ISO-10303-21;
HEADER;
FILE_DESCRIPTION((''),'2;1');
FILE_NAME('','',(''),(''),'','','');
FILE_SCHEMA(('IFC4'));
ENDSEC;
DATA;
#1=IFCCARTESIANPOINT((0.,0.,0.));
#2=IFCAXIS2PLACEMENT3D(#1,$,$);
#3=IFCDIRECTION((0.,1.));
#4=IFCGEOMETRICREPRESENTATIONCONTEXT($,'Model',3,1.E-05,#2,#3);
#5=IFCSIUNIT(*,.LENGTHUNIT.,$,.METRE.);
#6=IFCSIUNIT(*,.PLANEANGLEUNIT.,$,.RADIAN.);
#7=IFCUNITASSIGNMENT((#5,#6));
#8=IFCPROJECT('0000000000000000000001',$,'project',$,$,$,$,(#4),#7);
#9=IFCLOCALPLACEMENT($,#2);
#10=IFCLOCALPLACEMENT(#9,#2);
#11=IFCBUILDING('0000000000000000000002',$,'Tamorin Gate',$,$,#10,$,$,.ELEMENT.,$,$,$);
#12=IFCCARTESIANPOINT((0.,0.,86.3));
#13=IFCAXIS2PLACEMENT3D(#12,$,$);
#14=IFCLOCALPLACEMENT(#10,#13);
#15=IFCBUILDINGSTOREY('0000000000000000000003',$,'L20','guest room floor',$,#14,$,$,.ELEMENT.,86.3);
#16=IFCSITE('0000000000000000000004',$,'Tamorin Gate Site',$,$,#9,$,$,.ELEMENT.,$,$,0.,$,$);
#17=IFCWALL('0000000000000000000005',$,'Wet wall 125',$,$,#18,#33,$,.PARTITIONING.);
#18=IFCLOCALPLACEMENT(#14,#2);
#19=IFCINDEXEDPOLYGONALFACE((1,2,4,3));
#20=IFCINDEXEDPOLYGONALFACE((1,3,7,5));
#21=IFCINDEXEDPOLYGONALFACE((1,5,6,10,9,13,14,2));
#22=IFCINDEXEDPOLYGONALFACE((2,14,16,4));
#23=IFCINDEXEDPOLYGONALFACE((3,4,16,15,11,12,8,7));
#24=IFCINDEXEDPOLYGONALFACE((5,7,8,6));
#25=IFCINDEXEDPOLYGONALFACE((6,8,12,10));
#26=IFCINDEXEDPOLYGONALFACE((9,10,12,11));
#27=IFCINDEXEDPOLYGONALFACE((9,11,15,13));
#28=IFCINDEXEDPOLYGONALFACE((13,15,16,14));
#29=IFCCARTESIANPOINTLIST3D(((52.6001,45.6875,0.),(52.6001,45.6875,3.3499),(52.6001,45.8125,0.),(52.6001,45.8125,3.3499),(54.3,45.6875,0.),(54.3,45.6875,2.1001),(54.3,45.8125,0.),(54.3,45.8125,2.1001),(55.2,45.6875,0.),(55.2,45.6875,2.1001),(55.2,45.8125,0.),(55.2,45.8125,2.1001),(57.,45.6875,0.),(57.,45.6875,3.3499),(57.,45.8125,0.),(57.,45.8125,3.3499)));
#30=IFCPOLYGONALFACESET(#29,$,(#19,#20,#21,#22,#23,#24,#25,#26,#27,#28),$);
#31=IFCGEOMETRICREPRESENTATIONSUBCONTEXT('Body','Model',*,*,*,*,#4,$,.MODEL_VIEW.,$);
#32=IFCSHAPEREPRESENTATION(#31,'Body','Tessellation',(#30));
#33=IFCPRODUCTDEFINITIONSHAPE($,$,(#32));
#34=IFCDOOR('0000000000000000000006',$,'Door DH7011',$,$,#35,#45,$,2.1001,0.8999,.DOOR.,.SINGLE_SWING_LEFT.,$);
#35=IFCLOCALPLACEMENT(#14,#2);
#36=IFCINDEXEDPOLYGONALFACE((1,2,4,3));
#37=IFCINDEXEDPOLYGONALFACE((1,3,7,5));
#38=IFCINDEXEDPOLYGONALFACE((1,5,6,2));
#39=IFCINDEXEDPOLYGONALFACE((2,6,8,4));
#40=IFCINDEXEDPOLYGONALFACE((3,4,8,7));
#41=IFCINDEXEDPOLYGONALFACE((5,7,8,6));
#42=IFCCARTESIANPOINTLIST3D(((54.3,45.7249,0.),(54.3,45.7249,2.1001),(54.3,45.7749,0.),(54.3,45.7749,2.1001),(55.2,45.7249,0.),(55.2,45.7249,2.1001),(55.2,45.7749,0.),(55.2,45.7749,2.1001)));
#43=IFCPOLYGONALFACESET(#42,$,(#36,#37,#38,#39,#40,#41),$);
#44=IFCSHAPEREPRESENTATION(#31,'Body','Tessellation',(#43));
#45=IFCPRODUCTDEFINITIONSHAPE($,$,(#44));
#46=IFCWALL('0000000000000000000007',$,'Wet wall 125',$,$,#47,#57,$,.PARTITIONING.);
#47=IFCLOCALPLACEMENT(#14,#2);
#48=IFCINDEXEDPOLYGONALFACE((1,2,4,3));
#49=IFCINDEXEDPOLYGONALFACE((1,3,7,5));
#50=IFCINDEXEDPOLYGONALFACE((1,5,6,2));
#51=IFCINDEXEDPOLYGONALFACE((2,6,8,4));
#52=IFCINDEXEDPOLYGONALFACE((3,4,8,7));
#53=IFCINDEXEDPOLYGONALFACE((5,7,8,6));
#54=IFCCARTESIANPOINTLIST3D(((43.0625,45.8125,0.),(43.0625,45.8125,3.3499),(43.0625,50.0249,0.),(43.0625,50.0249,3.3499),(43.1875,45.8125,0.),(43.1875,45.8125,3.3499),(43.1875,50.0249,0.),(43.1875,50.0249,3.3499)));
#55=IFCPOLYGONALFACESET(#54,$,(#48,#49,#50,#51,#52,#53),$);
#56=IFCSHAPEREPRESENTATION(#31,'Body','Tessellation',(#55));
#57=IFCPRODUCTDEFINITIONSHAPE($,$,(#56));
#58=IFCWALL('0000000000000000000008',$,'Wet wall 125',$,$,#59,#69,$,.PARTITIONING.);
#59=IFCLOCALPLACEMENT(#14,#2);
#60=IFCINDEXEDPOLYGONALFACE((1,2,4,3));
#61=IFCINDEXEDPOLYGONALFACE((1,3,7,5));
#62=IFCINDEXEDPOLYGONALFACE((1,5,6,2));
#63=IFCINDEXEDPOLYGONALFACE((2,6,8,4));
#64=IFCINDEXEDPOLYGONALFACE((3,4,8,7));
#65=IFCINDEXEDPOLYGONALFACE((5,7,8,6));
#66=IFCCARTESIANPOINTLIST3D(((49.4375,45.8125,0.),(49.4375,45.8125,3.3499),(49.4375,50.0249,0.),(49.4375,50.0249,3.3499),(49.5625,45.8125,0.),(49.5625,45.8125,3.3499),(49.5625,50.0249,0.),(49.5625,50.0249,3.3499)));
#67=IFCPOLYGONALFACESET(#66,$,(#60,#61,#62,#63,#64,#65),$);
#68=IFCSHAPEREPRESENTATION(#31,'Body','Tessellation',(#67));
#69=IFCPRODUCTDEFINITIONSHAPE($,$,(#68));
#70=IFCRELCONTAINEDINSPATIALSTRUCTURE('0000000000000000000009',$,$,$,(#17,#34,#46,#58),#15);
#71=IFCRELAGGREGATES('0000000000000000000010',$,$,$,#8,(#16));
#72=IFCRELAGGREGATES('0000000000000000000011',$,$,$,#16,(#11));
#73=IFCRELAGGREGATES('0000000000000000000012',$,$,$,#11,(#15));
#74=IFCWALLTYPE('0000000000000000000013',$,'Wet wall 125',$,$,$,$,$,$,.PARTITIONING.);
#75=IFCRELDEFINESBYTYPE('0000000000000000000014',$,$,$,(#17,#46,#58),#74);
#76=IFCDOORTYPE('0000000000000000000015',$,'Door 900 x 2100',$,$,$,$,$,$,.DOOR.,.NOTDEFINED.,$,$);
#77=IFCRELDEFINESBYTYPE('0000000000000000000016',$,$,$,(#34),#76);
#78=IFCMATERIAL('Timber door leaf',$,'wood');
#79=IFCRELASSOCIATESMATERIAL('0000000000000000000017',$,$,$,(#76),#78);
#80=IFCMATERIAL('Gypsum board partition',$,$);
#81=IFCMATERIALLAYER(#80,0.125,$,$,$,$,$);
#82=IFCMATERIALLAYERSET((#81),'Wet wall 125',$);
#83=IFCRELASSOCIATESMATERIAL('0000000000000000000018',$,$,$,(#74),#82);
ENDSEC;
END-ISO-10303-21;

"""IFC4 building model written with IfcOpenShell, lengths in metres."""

from ifc_helpers import new_model, si_unit, direction, frame, frame_2d, origin, place, context, subcontext, project, spatial, rectangle, extrude, material, layer, layer_set, type_object, element, fill, save


model = new_model("IFC4")

# Units and contexts
model_context = context("Model", 3, precision=1e-05, world=origin(), true_north=direction((0.0, 1.0)))
body_context = subcontext(model_context, "Body", "Model", "MODEL_VIEW")
ifc_project = project(units=[si_unit("LENGTHUNIT", "METRE"), si_unit("PLANEANGLEUNIT", "RADIAN")], contexts=[model_context])

# Site, building, storey
site_placement = place(None, origin())
site = spatial("IfcSite", under=ifc_project, at=site_placement, Name="Tamorin Gate Site", CompositionType="ELEMENT", RefElevation=0.0)
building_placement = place(site_placement, origin())
building = spatial("IfcBuilding", under=site, at=building_placement, Name="Tamorin Gate", CompositionType="ELEMENT")
storey_placement = place(building_placement, frame((0.0, 0.0, 86.3)))
storey = spatial("IfcBuildingStorey", under=building, at=storey_placement, Name="L20", Description="guest room floor", CompositionType="ELEMENT", Elevation=86.3)

# Shared definitions
ifc_material_1 = material(Name="Gypsum board partition")

# Shared definitions
ifc_material_2 = material(Name="Timber door leaf", Category="wood")
door_type = type_object("IfcDoorType", Name="Door 900 x 2100", OperationType="NOTDEFINED", PredefinedType="DOOR", material=ifc_material_2)

# Wall, opening, door
ifc_layer_1 = layer(ifc_material_1, 0.125)
ifc_layer_set_1 = layer_set([ifc_layer_1], Name="Wet wall 125")
wall_type_1 = type_object("IfcWallType", Name="Wet wall 125", PredefinedType="PARTITIONING", material=ifc_layer_set_1)
wall_1_placement = place(storey_placement, frame((52.6001, 45.75, 0.0), z_axis=(0.0, 0.0, 1.0), x_axis=(1.0, 0.0, 0.0)))
wall_1 = element("IfcWall", 1, at=wall_1_placement, inside=storey, type_object=wall_type_1, Name="Wet wall 125", PredefinedType="PARTITIONING", context=body_context, shape_type="SweptSolid", body=[
    extrude(rectangle(XDim=4.3999, YDim=0.125, at=frame_2d((2.2, 0.0))), origin(), (0.0, 0.0, 1.0), 3.3499),
])
opening_1_placement = place(wall_1_placement, frame((1.7, 0.0, 0.0)))
opening_1 = element("IfcOpeningElement", 2, at=opening_1_placement, cuts=wall_1, PredefinedType="OPENING", context=body_context, shape_type="SweptSolid", body=[
    extrude(rectangle(XDim=0.8999, YDim=2.1001, at=frame_2d((0.45, 1.05))), frame((0.0, 0.0725, 0.0), z_axis=(0.0, -1.0, 0.0), x_axis=(1.0, 0.0, 0.0)), (0.0, 0.0, 1.0), 0.145),
])
door_1_placement = place(opening_1_placement, origin())
door_1 = element("IfcDoor", 3, at=door_1_placement, inside=storey, type_object=door_type, Name="Door DH7011", OperationType="SINGLE_SWING_LEFT", OverallHeight=2.1001, OverallWidth=0.8999, PredefinedType="DOOR", context=body_context, shape_type="SweptSolid", body=[
    extrude(rectangle(XDim=0.8999, YDim=2.1001, at=frame_2d((0.45, 1.05))), frame((0.0, 0.0249, 0.0), z_axis=(0.0, -1.0, 0.0), x_axis=(1.0, 0.0, 0.0)), (0.0, 0.0, 1.0), 0.05),
])
fill(opening_1, door_1)

# Walls
for number, where, z_axis, x_axis, name in (
    (4, (43.125, 45.8125, 0.0), (0.0, 0.0, 1.0), (0.0, 1.0, 0.0), "Wet wall 125"),
    (5, (49.5, 45.8125, 0.0), (0.0, 0.0, 1.0), (0.0, 1.0, 0.0), "Wet wall 125"),
):
    element("IfcWall", number, at=place(storey_placement, frame(where, z_axis=z_axis, x_axis=x_axis)), inside=storey, type_object=wall_type_1, Name=name, PredefinedType="PARTITIONING", context=body_context, shape_type="SweptSolid", body=[
        extrude(rectangle(XDim=4.2124, YDim=0.125, at=frame_2d((2.1062, 0.0))), origin(), (0.0, 0.0, 1.0), 3.3499),
    ])

save(model, "model.ifc")
